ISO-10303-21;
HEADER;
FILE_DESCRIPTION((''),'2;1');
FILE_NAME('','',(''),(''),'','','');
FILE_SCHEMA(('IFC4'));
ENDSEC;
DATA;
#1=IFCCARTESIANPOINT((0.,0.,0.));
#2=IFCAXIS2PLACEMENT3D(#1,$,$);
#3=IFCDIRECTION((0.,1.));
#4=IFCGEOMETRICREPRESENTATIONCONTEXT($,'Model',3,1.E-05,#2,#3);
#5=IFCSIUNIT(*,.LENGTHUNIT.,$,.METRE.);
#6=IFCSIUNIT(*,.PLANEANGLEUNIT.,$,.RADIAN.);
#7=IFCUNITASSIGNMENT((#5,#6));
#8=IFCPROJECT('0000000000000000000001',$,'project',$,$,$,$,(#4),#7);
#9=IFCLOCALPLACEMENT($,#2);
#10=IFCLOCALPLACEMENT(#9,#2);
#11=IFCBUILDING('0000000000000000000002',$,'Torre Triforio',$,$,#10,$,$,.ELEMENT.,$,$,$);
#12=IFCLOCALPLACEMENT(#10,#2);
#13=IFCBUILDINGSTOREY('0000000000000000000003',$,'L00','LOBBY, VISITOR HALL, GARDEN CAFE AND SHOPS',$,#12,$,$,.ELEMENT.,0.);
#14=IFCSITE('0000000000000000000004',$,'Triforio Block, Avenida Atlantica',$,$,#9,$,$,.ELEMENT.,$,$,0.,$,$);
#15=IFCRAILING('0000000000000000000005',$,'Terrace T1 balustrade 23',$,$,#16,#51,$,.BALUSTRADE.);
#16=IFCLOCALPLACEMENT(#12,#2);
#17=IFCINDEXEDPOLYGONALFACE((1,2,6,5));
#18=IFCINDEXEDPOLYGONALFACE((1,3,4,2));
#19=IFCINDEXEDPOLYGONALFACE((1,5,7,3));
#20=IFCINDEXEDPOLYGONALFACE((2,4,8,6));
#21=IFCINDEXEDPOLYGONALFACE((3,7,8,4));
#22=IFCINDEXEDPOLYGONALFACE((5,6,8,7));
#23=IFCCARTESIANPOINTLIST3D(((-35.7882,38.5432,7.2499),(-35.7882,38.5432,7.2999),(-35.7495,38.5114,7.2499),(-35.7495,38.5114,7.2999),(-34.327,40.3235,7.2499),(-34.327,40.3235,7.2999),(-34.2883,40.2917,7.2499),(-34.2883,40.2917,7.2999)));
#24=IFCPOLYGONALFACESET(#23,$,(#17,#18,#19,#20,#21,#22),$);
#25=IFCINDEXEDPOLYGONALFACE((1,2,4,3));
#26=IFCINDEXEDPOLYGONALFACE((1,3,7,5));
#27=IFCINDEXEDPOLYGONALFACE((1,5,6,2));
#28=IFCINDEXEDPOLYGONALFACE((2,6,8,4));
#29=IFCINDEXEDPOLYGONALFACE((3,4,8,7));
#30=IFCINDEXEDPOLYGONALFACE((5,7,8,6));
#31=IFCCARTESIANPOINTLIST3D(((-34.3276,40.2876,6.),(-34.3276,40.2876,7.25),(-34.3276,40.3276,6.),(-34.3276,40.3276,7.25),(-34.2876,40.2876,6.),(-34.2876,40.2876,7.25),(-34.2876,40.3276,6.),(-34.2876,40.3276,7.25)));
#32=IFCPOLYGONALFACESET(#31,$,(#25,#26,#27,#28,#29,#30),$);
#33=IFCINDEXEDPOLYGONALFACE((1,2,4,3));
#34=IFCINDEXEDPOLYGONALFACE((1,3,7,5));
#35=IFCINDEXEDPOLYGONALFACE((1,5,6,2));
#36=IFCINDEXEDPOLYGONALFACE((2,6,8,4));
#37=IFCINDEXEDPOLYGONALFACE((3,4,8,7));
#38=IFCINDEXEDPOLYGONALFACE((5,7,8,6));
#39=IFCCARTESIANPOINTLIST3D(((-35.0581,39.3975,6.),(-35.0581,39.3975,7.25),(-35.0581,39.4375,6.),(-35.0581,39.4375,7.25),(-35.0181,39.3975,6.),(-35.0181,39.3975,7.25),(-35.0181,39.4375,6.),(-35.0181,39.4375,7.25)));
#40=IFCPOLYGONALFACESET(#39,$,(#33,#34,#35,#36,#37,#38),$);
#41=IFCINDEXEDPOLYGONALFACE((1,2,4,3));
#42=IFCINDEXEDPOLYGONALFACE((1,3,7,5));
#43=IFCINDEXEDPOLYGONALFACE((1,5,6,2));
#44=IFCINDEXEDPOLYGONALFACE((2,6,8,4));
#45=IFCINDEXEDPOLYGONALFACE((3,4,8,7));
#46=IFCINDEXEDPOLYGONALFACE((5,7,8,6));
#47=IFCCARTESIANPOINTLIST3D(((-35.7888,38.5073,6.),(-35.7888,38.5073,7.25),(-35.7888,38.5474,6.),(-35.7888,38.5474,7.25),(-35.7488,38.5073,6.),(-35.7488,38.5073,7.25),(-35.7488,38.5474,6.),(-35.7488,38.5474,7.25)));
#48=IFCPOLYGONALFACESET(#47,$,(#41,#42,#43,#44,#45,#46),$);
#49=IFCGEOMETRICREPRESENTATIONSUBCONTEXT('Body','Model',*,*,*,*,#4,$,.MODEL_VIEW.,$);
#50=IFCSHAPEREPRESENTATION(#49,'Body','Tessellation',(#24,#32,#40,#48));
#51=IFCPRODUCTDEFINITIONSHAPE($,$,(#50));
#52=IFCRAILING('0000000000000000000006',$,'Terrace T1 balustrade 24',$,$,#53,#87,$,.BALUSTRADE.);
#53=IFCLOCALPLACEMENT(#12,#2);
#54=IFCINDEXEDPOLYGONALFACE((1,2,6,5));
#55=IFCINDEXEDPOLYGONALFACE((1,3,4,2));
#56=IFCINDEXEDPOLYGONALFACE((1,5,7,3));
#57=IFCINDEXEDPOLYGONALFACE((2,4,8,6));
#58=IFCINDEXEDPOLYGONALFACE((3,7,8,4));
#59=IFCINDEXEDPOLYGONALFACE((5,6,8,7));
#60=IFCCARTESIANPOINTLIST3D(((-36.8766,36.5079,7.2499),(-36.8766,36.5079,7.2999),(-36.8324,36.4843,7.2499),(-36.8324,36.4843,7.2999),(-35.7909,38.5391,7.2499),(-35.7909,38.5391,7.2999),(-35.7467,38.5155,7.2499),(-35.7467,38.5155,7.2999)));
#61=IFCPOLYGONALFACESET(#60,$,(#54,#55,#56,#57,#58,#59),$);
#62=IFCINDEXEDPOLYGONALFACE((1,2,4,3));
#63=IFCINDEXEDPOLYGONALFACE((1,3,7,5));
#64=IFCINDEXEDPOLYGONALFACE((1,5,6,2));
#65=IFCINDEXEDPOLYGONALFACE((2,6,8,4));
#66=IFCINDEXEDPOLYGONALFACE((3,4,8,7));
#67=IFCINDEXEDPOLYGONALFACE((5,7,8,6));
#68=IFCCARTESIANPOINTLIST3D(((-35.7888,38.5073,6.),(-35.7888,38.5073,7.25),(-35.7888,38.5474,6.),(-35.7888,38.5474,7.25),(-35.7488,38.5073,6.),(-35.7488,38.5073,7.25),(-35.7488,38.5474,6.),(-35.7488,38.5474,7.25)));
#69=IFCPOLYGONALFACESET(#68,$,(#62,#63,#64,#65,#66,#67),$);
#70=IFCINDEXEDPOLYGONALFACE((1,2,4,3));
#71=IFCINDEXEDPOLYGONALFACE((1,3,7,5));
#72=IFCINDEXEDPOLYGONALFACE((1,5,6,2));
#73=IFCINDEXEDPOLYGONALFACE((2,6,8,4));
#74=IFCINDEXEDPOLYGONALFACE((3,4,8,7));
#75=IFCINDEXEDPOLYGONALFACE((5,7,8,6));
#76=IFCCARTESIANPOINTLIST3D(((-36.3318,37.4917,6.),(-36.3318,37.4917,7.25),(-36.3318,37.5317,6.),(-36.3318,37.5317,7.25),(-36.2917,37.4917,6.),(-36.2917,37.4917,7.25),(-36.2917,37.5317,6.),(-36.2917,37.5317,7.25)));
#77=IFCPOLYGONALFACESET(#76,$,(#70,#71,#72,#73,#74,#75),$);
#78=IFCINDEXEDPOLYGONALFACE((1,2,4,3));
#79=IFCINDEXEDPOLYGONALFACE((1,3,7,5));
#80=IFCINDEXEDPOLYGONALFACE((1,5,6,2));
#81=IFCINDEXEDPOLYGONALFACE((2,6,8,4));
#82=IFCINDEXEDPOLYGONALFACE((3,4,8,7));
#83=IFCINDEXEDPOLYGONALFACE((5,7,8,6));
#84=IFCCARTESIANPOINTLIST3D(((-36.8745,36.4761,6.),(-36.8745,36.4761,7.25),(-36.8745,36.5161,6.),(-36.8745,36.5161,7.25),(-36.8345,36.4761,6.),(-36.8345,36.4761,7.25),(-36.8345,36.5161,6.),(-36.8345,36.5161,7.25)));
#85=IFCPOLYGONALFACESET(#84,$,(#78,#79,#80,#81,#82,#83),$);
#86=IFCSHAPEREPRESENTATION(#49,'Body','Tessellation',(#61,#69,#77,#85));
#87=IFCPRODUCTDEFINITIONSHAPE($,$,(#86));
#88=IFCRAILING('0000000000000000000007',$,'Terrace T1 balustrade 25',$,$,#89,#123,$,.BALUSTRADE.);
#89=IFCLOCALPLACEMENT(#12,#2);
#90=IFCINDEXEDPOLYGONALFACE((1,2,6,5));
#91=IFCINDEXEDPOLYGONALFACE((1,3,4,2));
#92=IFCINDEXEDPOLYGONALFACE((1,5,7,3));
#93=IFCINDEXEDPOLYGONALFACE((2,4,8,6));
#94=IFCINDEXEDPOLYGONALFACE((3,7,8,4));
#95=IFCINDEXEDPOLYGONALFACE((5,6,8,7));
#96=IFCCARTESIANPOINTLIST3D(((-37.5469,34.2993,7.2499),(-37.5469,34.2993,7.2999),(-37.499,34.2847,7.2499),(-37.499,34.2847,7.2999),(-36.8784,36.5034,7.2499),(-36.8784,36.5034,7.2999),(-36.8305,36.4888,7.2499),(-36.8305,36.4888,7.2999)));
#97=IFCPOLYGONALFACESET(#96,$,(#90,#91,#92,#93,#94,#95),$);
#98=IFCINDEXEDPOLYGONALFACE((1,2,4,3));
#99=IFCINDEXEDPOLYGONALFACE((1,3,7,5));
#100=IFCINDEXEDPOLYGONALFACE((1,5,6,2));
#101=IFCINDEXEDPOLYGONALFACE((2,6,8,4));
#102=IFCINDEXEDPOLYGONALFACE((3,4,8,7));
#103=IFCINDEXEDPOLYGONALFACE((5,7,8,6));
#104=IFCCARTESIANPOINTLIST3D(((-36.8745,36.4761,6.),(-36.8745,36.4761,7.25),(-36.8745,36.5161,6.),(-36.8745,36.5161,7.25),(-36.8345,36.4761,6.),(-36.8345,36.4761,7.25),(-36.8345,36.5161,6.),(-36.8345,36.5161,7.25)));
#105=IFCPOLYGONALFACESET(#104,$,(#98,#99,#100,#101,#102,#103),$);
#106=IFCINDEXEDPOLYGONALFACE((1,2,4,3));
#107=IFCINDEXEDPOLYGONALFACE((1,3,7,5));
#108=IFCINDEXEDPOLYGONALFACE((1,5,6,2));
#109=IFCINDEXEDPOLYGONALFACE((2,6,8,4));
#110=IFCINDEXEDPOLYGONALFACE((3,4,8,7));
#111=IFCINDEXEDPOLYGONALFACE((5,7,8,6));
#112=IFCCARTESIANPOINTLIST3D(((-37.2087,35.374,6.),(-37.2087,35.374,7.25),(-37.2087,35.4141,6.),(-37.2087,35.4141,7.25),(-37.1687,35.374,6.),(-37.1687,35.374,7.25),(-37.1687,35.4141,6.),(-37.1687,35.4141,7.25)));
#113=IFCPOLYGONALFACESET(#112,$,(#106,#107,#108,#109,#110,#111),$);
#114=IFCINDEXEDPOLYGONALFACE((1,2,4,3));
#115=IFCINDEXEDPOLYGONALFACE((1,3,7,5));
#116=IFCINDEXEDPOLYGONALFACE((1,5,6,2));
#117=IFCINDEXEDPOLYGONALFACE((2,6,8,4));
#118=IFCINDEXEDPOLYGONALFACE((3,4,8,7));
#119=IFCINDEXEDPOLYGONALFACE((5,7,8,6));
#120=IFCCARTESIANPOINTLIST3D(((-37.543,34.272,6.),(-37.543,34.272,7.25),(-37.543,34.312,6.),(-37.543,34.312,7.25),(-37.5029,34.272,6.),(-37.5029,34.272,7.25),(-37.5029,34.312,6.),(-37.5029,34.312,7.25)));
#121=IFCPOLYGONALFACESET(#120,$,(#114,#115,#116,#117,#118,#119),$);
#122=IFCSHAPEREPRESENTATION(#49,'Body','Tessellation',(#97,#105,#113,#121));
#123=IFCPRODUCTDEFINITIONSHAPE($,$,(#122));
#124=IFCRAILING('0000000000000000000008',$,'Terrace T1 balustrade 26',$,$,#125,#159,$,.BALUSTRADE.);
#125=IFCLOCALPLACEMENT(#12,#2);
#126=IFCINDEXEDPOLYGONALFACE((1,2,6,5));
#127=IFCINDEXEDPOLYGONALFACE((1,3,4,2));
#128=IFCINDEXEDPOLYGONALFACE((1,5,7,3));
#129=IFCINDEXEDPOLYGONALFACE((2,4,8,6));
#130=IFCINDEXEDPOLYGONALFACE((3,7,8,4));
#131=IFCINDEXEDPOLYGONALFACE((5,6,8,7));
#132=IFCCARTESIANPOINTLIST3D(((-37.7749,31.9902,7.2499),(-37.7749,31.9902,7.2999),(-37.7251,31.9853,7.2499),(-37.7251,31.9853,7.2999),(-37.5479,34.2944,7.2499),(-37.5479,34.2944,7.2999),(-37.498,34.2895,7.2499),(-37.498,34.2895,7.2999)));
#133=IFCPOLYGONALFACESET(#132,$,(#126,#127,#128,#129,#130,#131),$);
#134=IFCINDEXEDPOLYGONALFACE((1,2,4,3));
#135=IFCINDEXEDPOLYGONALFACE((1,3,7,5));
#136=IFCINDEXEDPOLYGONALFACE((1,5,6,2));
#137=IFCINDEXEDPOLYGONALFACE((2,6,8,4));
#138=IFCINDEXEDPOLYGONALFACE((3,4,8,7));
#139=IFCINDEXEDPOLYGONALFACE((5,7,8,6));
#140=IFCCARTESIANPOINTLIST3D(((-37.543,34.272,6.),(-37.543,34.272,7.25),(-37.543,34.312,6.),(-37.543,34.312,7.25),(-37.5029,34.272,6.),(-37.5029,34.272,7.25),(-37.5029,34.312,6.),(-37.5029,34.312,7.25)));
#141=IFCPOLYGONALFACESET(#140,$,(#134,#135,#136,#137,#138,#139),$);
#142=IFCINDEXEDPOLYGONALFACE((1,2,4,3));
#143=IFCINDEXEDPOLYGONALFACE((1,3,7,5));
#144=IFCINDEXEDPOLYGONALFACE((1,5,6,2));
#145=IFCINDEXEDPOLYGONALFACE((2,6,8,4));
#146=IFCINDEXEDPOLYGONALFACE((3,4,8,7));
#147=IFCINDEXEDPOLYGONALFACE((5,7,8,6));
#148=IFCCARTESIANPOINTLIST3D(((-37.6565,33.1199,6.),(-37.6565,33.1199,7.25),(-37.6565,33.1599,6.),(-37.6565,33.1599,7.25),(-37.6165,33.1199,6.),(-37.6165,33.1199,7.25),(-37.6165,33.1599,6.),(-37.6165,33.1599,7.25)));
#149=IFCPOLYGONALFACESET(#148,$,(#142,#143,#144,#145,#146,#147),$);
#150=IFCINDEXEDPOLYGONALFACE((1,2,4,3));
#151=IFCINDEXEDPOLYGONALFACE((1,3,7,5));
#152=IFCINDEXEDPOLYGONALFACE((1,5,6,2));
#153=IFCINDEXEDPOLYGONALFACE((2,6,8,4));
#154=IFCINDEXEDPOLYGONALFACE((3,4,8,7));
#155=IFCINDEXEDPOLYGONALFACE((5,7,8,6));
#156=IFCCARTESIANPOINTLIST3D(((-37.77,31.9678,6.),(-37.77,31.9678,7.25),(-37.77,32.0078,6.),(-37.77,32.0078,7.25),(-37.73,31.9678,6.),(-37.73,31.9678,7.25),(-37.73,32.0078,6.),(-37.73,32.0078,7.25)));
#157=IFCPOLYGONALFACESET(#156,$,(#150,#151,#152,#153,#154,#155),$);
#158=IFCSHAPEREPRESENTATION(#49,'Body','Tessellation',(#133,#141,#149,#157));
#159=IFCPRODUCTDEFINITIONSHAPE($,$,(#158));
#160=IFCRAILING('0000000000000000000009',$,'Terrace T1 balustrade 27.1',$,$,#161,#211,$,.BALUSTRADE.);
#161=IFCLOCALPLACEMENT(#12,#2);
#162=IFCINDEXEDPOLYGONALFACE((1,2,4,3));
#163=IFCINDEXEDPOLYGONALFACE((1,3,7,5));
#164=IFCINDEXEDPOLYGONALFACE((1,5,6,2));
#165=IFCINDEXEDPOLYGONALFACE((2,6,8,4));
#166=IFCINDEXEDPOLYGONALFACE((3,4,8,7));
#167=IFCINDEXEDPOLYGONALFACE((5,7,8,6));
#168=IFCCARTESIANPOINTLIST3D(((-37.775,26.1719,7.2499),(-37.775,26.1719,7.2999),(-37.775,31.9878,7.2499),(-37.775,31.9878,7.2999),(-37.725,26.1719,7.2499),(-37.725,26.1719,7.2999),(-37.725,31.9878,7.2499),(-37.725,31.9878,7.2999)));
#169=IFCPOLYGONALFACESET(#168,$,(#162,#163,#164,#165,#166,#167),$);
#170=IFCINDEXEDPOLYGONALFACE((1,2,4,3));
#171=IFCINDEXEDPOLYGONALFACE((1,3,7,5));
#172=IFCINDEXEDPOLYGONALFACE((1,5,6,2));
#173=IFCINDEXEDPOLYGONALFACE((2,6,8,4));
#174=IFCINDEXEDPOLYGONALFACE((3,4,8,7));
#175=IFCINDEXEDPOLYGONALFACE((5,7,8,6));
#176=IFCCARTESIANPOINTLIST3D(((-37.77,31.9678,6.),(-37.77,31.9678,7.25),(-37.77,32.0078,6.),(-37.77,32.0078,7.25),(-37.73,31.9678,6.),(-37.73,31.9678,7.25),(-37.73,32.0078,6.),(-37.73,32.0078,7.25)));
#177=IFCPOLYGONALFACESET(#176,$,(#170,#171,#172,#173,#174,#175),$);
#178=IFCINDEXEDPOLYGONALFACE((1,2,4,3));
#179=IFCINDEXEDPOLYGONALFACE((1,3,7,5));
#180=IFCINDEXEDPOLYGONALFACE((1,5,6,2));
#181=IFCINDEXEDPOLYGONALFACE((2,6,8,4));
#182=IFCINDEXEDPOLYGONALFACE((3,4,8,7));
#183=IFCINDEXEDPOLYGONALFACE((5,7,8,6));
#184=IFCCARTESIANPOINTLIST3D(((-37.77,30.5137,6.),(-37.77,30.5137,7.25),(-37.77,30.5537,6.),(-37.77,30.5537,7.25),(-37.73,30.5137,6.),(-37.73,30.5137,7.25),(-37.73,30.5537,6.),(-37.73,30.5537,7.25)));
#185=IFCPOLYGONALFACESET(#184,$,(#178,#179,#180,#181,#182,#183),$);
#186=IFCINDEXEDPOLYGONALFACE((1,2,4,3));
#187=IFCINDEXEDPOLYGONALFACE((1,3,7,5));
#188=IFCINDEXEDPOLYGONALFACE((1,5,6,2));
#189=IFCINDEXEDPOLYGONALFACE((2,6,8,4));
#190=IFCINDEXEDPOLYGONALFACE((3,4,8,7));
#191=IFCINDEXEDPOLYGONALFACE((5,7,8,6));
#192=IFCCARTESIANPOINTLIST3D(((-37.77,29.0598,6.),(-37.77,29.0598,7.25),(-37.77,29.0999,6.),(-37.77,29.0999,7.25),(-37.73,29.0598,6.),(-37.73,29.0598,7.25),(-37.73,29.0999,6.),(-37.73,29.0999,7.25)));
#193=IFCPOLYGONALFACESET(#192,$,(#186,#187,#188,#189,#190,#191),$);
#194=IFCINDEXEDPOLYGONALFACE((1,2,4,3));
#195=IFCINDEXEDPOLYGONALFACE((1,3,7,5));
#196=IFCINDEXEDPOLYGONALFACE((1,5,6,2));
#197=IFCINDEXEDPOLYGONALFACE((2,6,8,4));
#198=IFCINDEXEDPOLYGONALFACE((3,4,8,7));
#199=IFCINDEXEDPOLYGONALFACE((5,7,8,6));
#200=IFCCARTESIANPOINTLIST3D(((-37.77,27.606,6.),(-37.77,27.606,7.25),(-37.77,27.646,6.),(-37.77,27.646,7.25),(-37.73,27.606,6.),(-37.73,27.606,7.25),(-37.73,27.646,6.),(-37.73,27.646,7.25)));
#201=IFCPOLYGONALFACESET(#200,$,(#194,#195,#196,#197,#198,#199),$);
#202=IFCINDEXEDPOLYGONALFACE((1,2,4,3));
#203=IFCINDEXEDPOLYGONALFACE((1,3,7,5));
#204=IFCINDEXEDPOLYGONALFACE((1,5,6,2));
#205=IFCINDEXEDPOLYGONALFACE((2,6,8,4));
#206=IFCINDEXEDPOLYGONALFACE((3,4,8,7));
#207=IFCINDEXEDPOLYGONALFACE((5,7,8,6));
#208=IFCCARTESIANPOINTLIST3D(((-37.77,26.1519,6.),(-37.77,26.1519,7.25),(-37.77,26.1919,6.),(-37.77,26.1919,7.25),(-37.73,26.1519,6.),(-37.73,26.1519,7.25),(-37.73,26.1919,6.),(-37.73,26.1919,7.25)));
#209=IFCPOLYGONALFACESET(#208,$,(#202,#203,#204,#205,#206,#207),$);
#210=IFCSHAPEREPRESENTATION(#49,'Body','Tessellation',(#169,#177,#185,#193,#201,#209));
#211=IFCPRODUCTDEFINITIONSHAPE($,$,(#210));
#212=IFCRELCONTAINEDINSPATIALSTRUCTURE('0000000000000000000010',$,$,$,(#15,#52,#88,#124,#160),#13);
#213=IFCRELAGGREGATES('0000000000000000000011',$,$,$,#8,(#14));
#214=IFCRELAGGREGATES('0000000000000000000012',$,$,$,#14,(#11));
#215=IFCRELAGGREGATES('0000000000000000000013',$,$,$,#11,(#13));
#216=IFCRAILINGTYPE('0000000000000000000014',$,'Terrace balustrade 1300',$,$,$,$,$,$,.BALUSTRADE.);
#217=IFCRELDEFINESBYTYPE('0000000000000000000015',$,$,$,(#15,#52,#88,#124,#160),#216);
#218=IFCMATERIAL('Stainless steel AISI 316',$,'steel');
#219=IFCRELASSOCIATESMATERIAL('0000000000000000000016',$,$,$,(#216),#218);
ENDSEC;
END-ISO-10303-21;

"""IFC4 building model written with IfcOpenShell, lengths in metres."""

from ifc_helpers import new_model, si_unit, direction, frame, origin, origin_2d, place, context, subcontext, project, spatial, rectangle, extrude, material, type_object, element, save


model = new_model("IFC4")

# Units and contexts
model_context = context("Model", 3, precision=1e-05, world=origin(), true_north=direction((0.0, 1.0)))
body_context = subcontext(model_context, "Body", "Model", "MODEL_VIEW")
ifc_project = project(units=[si_unit("LENGTHUNIT", "METRE"), si_unit("PLANEANGLEUNIT", "RADIAN")], contexts=[model_context])

# Site, building, storey
site_placement = place(None, origin())
site = spatial("IfcSite", under=ifc_project, at=site_placement, Name="Triforio Block, Avenida Atlantica", CompositionType="ELEMENT", RefElevation=0.0)
building_placement = place(site_placement, origin())
building = spatial("IfcBuilding", under=site, at=building_placement, Name="Torre Triforio", CompositionType="ELEMENT")
storey_placement = place(building_placement, origin())
storey = spatial("IfcBuildingStorey", under=building, at=storey_placement, Name="L00", Description="LOBBY, VISITOR HALL, GARDEN CAFE AND SHOPS", CompositionType="ELEMENT", Elevation=0.0)

# Railings
ifc_material_1 = material(Name="Stainless steel AISI 316", Category="steel")
railing_type = type_object("IfcRailingType", Name="Terrace balustrade 1300", PredefinedType="BALUSTRADE", material=ifc_material_1)
railing_1_placement = place(storey_placement, frame((-34.3076, 40.3076, 6.0)))
element("IfcRailing", 1, at=railing_1_placement, inside=storey, type_object=railing_type, Name="Terrace T1 balustrade 23", PredefinedType="BALUSTRADE", context=body_context, shape_type="SweptSolid", body=[
    extrude(rectangle(XDim=0.05, YDim=0.05, at=origin_2d()), frame((0.0, 0.0, 1.2749), z_axis=(-0.634432, -0.772979, 0.0), x_axis=(0.772979, -0.634432, 0.0)), (0.0, 0.0, 1.0), 2.3032),
    extrude(rectangle(XDim=0.04, YDim=0.04, at=origin_2d()), origin(), (0.0, 0.0, 1.0), 1.25),
    extrude(rectangle(XDim=0.04, YDim=0.04, at=origin_2d()), frame((-0.7305, -0.8901, 0.0)), (0.0, 0.0, 1.0), 1.25),
    extrude(rectangle(XDim=0.04, YDim=0.04, at=origin_2d()), frame((-1.4612, -1.7803, 0.0)), (0.0, 0.0, 1.0), 1.25),
])
railing_2_placement = place(storey_placement, frame((-35.7688, 38.5273, 6.0)))
element("IfcRailing", 2, at=railing_2_placement, inside=storey, type_object=railing_type, Name="Terrace T1 balustrade 24", PredefinedType="BALUSTRADE", context=body_context, shape_type="SweptSolid", body=[
    extrude(rectangle(XDim=0.05, YDim=0.05, at=origin_2d()), frame((0.0, 0.0, 1.2749), z_axis=(-0.471386, -0.881927, 0.0), x_axis=(0.881927, -0.471386, 0.0)), (0.0, 0.0, 1.0), 2.3032),
    extrude(rectangle(XDim=0.04, YDim=0.04, at=origin_2d()), origin(), (0.0, 0.0, 1.0), 1.25),
    extrude(rectangle(XDim=0.04, YDim=0.04, at=origin_2d()), frame((-0.543, -1.0156, 0.0)), (0.0, 0.0, 1.0), 1.25),
    extrude(rectangle(XDim=0.04, YDim=0.04, at=origin_2d()), frame((-1.0857, -2.0312, 0.0)), (0.0, 0.0, 1.0), 1.25),
])
railing_3_placement = place(storey_placement, frame((-36.8545, 36.4961, 6.0)))
element("IfcRailing", 3, at=railing_3_placement, inside=storey, type_object=railing_type, Name="Terrace T1 balustrade 25", PredefinedType="BALUSTRADE", context=body_context, shape_type="SweptSolid", body=[
    extrude(rectangle(XDim=0.05, YDim=0.05, at=origin_2d()), frame((0.0, 0.0, 1.2749), z_axis=(-0.290225, -0.956958, 0.0), x_axis=(0.956958, -0.290225, 0.0)), (0.0, 0.0, 1.0), 2.3032),
    extrude(rectangle(XDim=0.04, YDim=0.04, at=origin_2d()), origin(), (0.0, 0.0, 1.0), 1.25),
    extrude(rectangle(XDim=0.04, YDim=0.04, at=origin_2d()), frame((-0.3342, -1.1021, 0.0)), (0.0, 0.0, 1.0), 1.25),
    extrude(rectangle(XDim=0.04, YDim=0.04, at=origin_2d()), frame((-0.6685, -2.2041, 0.0)), (0.0, 0.0, 1.0), 1.25),
])
railing_4_placement = place(storey_placement, frame((-37.5229, 34.292, 6.0)))
element("IfcRailing", 4, at=railing_4_placement, inside=storey, type_object=railing_type, Name="Terrace T1 balustrade 26", PredefinedType="BALUSTRADE", context=body_context, shape_type="SweptSolid", body=[
    extrude(rectangle(XDim=0.05, YDim=0.05, at=origin_2d()), frame((0.0, 0.0, 1.2749), z_axis=(-0.098063, -0.99518, 0.0), x_axis=(0.99518, -0.098063, 0.0)), (0.0, 0.0, 1.0), 2.3154),
    extrude(rectangle(XDim=0.04, YDim=0.04, at=origin_2d()), origin(), (0.0, 0.0, 1.0), 1.25),
    extrude(rectangle(XDim=0.04, YDim=0.04, at=origin_2d()), frame((-0.1135, -1.1521, 0.0)), (0.0, 0.0, 1.0), 1.25),
    extrude(rectangle(XDim=0.04, YDim=0.04, at=origin_2d()), frame((-0.2271, -2.3042, 0.0)), (0.0, 0.0, 1.0), 1.25),
])
railing_5_placement = place(storey_placement, frame((-37.75, 31.9878, 6.0)))
element("IfcRailing", 5, at=railing_5_placement, inside=storey, type_object=railing_type, Name="Terrace T1 balustrade 27.1", PredefinedType="BALUSTRADE", context=body_context, shape_type="SweptSolid", body=[
    extrude(rectangle(XDim=0.05, YDim=0.05, at=origin_2d()), frame((0.0, 0.0, 1.2749), z_axis=(0.0, -1.0, 0.0), x_axis=(1.0, 0.0, 0.0)), (0.0, 0.0, 1.0), 5.8159),
    extrude(rectangle(XDim=0.04, YDim=0.04, at=origin_2d()), origin(), (0.0, 0.0, 1.0), 1.25),
    extrude(rectangle(XDim=0.04, YDim=0.04, at=origin_2d()), frame((0.0, -1.4541, 0.0)), (0.0, 0.0, 1.0), 1.25),
    extrude(rectangle(XDim=0.04, YDim=0.04, at=origin_2d()), frame((0.0, -2.908, 0.0)), (0.0, 0.0, 1.0), 1.25),
    extrude(rectangle(XDim=0.04, YDim=0.04, at=origin_2d()), frame((0.0, -4.3618, 0.0)), (0.0, 0.0, 1.0), 1.25),
    extrude(rectangle(XDim=0.04, YDim=0.04, at=origin_2d()), frame((0.0, -5.8159, 0.0)), (0.0, 0.0, 1.0), 1.25),
])

save(model, "model.ifc")
